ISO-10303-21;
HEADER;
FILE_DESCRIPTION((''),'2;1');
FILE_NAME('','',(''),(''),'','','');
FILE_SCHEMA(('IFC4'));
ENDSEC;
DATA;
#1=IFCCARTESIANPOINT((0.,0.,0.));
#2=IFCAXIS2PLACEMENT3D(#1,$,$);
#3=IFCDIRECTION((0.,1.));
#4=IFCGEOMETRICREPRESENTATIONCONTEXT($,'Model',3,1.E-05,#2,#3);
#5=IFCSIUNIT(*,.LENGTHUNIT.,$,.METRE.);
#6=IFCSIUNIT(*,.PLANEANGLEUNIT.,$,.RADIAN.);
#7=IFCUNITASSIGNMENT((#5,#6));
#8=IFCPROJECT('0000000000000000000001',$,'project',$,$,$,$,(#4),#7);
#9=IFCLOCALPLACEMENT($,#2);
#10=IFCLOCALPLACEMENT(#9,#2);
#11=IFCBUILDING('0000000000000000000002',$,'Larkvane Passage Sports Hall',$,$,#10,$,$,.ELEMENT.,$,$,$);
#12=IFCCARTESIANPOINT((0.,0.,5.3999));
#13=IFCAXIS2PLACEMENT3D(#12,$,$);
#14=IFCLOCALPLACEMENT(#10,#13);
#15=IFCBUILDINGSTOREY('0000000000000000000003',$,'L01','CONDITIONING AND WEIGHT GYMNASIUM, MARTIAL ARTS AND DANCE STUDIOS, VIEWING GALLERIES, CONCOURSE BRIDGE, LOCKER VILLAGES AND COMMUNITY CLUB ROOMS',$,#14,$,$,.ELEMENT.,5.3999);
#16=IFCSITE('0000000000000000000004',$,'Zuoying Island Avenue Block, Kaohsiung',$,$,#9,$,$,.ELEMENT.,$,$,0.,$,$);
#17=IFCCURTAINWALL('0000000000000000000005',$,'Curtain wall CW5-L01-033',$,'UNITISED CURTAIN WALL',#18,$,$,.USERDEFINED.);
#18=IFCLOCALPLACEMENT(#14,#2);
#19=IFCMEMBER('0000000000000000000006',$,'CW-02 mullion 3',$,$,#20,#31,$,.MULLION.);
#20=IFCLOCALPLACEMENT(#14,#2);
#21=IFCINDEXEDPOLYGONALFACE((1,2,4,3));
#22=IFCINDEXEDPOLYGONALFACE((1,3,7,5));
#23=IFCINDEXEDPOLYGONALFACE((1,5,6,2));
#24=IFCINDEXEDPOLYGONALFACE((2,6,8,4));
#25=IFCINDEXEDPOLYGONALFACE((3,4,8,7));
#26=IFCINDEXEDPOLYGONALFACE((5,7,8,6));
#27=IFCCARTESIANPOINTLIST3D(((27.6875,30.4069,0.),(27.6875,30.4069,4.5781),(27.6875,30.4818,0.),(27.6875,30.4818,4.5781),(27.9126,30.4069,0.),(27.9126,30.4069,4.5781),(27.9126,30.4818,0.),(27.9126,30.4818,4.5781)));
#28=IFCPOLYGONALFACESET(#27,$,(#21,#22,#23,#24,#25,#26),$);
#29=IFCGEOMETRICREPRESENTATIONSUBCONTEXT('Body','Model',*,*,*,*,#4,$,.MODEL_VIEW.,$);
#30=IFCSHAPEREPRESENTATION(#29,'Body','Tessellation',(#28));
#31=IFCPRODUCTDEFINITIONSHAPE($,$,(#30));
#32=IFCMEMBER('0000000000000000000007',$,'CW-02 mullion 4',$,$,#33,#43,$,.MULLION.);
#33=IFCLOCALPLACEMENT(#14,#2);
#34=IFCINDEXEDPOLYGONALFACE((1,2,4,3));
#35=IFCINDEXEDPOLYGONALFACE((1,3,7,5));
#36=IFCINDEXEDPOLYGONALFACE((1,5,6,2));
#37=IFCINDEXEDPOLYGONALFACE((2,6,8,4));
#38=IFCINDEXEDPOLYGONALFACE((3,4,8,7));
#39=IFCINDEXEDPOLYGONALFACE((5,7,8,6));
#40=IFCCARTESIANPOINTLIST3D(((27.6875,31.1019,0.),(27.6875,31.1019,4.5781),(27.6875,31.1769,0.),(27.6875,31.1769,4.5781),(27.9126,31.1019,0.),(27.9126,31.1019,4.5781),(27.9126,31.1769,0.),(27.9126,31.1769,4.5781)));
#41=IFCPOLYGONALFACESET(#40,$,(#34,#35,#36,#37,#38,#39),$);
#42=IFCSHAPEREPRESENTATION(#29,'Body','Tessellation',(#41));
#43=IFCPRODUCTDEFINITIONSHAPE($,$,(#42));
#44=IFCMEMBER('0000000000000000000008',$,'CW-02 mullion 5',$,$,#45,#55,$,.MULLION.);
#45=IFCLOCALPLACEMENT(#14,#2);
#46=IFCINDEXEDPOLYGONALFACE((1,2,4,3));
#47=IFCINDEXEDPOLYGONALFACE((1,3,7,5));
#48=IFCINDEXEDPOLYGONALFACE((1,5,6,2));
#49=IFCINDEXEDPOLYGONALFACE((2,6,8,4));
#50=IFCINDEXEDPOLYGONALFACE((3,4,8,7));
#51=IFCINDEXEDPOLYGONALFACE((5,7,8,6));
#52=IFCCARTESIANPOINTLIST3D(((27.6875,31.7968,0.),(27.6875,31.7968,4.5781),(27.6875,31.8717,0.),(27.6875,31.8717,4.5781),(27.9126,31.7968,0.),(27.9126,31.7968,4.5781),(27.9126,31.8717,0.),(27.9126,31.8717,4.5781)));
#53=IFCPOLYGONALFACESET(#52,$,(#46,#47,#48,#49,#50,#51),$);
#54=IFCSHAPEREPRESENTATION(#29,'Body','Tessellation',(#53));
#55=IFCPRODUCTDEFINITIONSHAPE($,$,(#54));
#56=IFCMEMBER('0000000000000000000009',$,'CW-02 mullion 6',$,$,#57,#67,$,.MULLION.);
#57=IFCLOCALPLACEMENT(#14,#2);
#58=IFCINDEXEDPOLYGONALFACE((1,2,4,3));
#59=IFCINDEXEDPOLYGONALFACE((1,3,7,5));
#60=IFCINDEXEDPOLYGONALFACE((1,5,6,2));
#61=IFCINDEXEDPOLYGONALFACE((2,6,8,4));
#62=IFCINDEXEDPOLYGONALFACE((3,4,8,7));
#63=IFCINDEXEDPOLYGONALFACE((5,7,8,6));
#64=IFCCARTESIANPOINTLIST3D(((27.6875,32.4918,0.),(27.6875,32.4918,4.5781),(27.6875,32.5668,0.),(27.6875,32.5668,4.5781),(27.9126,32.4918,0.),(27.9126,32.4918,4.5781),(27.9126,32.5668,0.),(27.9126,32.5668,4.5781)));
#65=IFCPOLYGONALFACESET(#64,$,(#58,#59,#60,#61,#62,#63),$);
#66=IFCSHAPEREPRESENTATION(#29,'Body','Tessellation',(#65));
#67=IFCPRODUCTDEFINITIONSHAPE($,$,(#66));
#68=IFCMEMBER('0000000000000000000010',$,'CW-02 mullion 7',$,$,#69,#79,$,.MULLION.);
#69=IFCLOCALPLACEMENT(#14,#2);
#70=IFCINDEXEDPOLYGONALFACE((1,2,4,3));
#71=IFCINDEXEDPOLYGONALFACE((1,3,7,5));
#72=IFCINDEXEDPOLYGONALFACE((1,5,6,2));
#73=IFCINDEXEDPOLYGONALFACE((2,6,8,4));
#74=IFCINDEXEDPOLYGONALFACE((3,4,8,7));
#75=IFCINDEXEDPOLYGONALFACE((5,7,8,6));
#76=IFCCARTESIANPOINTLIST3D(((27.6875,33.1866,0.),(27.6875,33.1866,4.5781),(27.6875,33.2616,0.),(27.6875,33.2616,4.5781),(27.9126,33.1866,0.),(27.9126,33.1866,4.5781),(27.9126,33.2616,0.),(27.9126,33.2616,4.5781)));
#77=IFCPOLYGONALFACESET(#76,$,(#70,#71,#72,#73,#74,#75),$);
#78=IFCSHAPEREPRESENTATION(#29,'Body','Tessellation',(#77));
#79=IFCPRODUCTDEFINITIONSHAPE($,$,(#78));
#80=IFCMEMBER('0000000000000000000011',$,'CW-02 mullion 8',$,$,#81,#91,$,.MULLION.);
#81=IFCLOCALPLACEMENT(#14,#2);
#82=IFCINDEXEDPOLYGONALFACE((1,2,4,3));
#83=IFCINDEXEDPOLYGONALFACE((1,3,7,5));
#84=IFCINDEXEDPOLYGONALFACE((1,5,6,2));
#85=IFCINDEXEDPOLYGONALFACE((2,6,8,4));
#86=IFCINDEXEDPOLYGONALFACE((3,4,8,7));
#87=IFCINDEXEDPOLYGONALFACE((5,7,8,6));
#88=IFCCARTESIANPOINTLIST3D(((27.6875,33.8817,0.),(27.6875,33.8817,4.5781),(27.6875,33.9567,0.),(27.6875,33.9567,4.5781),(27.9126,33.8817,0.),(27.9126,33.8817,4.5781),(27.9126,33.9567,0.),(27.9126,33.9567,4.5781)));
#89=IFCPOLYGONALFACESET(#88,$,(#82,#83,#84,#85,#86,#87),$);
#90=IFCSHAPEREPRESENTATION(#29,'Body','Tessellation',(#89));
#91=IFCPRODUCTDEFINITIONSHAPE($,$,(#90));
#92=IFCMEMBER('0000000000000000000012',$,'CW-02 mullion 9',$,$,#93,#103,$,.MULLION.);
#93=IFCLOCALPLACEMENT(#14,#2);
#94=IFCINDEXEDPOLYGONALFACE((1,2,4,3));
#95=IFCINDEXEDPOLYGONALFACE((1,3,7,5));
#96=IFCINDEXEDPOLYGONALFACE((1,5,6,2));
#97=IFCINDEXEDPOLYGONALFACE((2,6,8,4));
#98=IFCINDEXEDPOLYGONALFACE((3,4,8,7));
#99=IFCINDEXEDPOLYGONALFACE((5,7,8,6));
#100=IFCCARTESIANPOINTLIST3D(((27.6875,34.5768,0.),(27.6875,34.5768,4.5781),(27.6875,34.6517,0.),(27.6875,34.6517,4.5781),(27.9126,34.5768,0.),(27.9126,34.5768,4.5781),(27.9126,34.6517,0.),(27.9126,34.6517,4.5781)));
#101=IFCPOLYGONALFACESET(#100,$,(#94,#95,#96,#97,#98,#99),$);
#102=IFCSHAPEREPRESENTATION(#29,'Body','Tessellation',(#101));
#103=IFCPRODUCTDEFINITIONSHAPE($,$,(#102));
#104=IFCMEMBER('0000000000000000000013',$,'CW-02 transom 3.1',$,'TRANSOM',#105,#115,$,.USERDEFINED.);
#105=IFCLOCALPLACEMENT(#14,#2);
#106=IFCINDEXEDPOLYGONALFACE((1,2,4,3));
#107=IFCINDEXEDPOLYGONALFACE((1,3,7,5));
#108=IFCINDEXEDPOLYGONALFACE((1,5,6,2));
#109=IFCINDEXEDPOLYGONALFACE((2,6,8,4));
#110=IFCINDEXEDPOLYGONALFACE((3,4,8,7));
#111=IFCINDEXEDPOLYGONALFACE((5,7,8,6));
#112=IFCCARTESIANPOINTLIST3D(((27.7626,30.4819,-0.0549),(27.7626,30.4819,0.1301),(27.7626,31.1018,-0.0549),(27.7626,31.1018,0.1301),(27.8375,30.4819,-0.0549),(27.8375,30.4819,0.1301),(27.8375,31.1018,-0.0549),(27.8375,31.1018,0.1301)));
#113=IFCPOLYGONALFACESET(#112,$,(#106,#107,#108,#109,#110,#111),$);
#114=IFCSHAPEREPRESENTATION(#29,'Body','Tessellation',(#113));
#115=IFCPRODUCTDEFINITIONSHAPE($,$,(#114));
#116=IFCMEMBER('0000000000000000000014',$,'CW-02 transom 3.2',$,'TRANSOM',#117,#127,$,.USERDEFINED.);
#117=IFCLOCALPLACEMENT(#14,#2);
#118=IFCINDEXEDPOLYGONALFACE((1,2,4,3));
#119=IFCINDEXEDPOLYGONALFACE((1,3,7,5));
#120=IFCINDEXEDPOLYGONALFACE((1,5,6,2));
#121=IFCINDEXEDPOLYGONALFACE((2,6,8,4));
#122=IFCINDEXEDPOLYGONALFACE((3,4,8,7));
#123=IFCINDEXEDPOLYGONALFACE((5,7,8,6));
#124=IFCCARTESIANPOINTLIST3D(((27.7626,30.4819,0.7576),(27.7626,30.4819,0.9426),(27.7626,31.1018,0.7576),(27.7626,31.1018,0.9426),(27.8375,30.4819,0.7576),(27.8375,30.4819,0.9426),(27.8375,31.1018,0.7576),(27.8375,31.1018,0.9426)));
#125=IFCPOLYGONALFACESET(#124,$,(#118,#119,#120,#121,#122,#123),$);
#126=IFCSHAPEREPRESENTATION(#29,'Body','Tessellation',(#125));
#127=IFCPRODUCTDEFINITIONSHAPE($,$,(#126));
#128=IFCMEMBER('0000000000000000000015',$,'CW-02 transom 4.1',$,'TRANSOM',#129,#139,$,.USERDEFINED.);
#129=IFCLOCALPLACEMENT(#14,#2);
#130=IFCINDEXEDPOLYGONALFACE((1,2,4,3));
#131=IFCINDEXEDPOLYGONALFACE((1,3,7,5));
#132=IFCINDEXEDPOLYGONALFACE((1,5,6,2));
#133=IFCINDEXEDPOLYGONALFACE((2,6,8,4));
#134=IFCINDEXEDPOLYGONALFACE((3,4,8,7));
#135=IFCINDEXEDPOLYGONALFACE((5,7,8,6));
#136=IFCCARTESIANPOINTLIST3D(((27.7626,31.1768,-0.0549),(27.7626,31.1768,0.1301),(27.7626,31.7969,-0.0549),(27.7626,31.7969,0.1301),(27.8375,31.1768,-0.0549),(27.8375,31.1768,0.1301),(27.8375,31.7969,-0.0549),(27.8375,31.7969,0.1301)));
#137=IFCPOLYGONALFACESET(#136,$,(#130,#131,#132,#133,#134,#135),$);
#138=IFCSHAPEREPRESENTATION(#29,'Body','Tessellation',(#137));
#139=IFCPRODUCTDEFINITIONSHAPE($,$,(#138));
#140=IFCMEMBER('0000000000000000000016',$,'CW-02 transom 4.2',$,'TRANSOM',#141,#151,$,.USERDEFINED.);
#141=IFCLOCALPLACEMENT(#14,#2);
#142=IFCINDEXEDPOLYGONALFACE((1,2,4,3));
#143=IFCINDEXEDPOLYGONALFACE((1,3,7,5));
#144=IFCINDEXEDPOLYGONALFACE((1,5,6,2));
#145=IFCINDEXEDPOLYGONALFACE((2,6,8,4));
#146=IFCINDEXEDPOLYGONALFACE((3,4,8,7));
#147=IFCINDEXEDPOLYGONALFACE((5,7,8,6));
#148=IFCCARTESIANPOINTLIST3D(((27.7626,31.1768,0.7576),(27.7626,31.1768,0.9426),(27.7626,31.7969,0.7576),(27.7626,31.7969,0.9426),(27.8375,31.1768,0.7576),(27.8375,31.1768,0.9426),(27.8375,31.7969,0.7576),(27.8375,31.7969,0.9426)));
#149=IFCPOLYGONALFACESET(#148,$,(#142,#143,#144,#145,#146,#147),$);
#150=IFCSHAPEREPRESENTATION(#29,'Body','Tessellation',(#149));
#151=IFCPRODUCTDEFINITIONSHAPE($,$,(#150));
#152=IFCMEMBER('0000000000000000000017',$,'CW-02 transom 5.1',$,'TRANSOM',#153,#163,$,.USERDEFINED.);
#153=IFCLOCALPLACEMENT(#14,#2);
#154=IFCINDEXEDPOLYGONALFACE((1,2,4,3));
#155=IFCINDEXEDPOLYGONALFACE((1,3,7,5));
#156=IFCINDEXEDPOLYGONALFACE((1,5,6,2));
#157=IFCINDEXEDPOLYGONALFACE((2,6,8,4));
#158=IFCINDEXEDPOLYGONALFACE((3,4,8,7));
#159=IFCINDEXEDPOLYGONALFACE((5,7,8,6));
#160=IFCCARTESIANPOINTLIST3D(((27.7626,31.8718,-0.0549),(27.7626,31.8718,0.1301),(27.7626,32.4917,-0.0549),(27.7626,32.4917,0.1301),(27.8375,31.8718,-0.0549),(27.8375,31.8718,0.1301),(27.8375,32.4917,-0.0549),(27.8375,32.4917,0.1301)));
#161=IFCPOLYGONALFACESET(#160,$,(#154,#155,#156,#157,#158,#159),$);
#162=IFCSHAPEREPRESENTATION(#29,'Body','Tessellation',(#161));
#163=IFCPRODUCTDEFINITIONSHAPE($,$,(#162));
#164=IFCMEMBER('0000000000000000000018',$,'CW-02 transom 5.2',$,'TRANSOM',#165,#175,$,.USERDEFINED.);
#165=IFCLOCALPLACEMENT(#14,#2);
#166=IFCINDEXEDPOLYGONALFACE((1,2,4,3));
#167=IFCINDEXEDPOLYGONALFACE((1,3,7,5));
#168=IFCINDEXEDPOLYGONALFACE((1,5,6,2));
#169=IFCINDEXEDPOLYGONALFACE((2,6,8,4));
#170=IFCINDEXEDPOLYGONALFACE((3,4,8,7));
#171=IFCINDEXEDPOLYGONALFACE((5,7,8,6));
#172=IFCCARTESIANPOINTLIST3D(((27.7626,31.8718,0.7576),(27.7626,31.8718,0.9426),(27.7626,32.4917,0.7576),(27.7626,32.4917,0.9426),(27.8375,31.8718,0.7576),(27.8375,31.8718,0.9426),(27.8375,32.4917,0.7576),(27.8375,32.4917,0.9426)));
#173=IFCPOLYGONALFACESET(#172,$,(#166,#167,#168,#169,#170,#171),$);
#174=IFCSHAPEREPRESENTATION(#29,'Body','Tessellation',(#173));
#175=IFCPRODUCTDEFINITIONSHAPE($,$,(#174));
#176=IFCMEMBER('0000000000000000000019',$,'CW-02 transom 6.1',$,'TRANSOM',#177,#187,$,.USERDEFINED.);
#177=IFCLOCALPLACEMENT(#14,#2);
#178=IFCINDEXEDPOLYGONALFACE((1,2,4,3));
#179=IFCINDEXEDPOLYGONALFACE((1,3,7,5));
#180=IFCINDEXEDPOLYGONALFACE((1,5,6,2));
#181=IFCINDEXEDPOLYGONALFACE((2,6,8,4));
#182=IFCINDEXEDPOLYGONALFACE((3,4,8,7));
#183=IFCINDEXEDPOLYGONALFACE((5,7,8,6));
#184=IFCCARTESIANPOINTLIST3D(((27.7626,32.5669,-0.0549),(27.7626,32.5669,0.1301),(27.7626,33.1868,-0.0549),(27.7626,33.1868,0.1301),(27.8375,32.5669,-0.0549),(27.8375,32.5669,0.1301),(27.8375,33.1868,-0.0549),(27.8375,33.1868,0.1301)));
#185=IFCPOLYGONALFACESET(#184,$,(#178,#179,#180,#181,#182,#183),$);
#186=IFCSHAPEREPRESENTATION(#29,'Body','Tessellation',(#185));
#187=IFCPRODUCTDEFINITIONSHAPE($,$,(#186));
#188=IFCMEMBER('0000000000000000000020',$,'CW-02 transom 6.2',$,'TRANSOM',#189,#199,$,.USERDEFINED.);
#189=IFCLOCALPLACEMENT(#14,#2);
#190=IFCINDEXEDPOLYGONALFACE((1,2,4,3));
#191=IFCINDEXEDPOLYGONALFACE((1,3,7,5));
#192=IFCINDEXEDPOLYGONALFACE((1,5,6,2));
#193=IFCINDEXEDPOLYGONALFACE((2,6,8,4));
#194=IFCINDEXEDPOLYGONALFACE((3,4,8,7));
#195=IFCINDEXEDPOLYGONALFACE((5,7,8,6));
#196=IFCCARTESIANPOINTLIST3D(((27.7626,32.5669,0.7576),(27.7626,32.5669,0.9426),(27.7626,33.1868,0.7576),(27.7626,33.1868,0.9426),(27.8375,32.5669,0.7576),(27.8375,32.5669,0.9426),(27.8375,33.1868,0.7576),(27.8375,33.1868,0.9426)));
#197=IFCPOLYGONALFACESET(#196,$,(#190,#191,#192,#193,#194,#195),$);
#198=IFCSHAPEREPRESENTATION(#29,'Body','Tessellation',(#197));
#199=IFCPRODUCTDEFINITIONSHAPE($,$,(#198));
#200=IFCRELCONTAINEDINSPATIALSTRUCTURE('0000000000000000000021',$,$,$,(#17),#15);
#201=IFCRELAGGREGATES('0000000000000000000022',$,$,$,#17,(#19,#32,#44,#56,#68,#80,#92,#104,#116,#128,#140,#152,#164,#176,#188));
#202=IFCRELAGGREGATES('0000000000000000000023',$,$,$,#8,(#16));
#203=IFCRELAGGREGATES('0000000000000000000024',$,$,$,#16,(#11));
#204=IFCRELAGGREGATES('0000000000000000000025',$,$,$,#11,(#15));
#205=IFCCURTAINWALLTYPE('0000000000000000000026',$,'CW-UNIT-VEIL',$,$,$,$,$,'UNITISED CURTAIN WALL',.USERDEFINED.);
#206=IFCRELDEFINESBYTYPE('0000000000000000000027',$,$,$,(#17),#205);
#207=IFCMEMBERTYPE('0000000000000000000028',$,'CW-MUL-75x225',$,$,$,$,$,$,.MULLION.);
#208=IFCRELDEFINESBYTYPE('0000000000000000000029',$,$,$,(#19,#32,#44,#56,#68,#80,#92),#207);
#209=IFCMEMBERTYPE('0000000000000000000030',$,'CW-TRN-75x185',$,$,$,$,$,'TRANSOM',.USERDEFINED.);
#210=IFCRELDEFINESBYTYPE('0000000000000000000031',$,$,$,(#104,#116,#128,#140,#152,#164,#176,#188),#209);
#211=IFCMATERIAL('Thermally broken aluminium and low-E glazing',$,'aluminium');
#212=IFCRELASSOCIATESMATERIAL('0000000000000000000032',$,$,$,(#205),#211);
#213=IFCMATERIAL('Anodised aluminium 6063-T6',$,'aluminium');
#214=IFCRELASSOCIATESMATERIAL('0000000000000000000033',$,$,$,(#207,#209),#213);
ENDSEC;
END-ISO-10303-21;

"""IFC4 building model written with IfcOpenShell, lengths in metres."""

from ifc_helpers import new_model, si_unit, direction, frame, origin, origin_2d, place, context, subcontext, project, spatial, rectangle, extrude, material, material_profile, profile_set, type_object, element, aggregate, save


model = new_model("IFC4")

# Units and contexts
model_context = context("Model", 3, precision=1e-05, world=origin(), true_north=direction((0.0, 1.0)))
body_context = subcontext(model_context, "Body", "Model", "MODEL_VIEW")
ifc_project = project(units=[si_unit("LENGTHUNIT", "METRE"), si_unit("PLANEANGLEUNIT", "RADIAN")], contexts=[model_context])

# Site, building, storey
site_placement = place(None, origin())
site = spatial("IfcSite", under=ifc_project, at=site_placement, Name="Zuoying Island Avenue Block, Kaohsiung", CompositionType="ELEMENT", RefElevation=0.0)
building_placement = place(site_placement, origin())
building = spatial("IfcBuilding", under=site, at=building_placement, Name="Larkvane Passage Sports Hall", CompositionType="ELEMENT")
storey_placement = place(building_placement, frame((0.0, 0.0, 5.3999)))
storey = spatial("IfcBuildingStorey", under=building, at=storey_placement, Name="L01", Description="CONDITIONING AND WEIGHT GYMNASIUM, MARTIAL ARTS AND DANCE STUDIOS, VIEWING GALLERIES, CONCOURSE BRIDGE, LOCKER VILLAGES AND COMMUNITY CLUB ROOMS", CompositionType="ELEMENT", Elevation=5.3999)

# Curtain wall, members
ifc_material_1 = material(Name="Thermally broken aluminium and low-E glazing", Category="aluminium")
curtain_wall_type = type_object("IfcCurtainWallType", Name="CW-UNIT-VEIL", ElementType="UNITISED CURTAIN WALL", PredefinedType="USERDEFINED", material=ifc_material_1)
curtain_wall_placement = place(storey_placement, origin())
curtain_wall = element("IfcCurtainWall", 1, at=curtain_wall_placement, inside=storey, type_object=curtain_wall_type, Name="Curtain wall CW5-L01-033", ObjectType="UNITISED CURTAIN WALL", PredefinedType="USERDEFINED")
ifc_material_2 = material(Name="Anodised aluminium 6063-T6", Category="aluminium")
ifc_material_profile_1 = material_profile(ifc_material_2, rectangle(XDim=0.075, YDim=0.2251, at=origin_2d()), Name="ALU-MUL-75x225")
ifc_profile_set_1 = profile_set([ifc_material_profile_1], Name="Anodised aluminium 6063-T6")
member_type_1 = type_object("IfcMemberType", Name="CW-MUL-75x225", PredefinedType="MULLION", material=ifc_profile_set_1)
member_1_placement = place(storey_placement, frame((27.8, 30.4443, 0.0), z_axis=(0.0, 0.0, 1.0), x_axis=(0.0, 1.0, 0.0)))
member_1 = element("IfcMember", 2, at=member_1_placement, type_object=member_type_1, Name="CW-02 mullion 3", PredefinedType="MULLION", context=body_context, shape_type="SweptSolid", body=[
    extrude(rectangle(XDim=0.075, YDim=0.2251, at=origin_2d()), origin(), (0.0, 0.0, 1.0), 4.5781),
])
member_2_placement = place(storey_placement, frame((27.8, 31.1394, 0.0), z_axis=(0.0, 0.0, 1.0), x_axis=(0.0, 1.0, 0.0)))
member_2 = element("IfcMember", 3, at=member_2_placement, type_object=member_type_1, Name="CW-02 mullion 4", PredefinedType="MULLION", context=body_context, shape_type="SweptSolid", body=[
    extrude(rectangle(XDim=0.075, YDim=0.2251, at=origin_2d()), origin(), (0.0, 0.0, 1.0), 4.5781),
])
member_3_placement = place(storey_placement, frame((27.8, 31.8342, 0.0), z_axis=(0.0, 0.0, 1.0), x_axis=(0.0, 1.0, 0.0)))
member_3 = element("IfcMember", 4, at=member_3_placement, type_object=member_type_1, Name="CW-02 mullion 5", PredefinedType="MULLION", context=body_context, shape_type="SweptSolid", body=[
    extrude(rectangle(XDim=0.075, YDim=0.2251, at=origin_2d()), origin(), (0.0, 0.0, 1.0), 4.5781),
])
member_4_placement = place(storey_placement, frame((27.8, 32.5293, 0.0), z_axis=(0.0, 0.0, 1.0), x_axis=(0.0, 1.0, 0.0)))
member_4 = element("IfcMember", 5, at=member_4_placement, type_object=member_type_1, Name="CW-02 mullion 6", PredefinedType="MULLION", context=body_context, shape_type="SweptSolid", body=[
    extrude(rectangle(XDim=0.075, YDim=0.2251, at=origin_2d()), origin(), (0.0, 0.0, 1.0), 4.5781),
])
member_5_placement = place(storey_placement, frame((27.8, 33.2241, 0.0), z_axis=(0.0, 0.0, 1.0), x_axis=(0.0, 1.0, 0.0)))
member_5 = element("IfcMember", 6, at=member_5_placement, type_object=member_type_1, Name="CW-02 mullion 7", PredefinedType="MULLION", context=body_context, shape_type="SweptSolid", body=[
    extrude(rectangle(XDim=0.075, YDim=0.2251, at=origin_2d()), origin(), (0.0, 0.0, 1.0), 4.5781),
])
member_6_placement = place(storey_placement, frame((27.8, 33.9192, 0.0), z_axis=(0.0, 0.0, 1.0), x_axis=(0.0, 1.0, 0.0)))
member_6 = element("IfcMember", 7, at=member_6_placement, type_object=member_type_1, Name="CW-02 mullion 8", PredefinedType="MULLION", context=body_context, shape_type="SweptSolid", body=[
    extrude(rectangle(XDim=0.075, YDim=0.2251, at=origin_2d()), origin(), (0.0, 0.0, 1.0), 4.5781),
])
member_7_placement = place(storey_placement, frame((27.8, 34.6143, 0.0), z_axis=(0.0, 0.0, 1.0), x_axis=(0.0, 1.0, 0.0)))
member_7 = element("IfcMember", 8, at=member_7_placement, type_object=member_type_1, Name="CW-02 mullion 9", PredefinedType="MULLION", context=body_context, shape_type="SweptSolid", body=[
    extrude(rectangle(XDim=0.075, YDim=0.2251, at=origin_2d()), origin(), (0.0, 0.0, 1.0), 4.5781),
])
ifc_material_profile_2 = material_profile(ifc_material_2, rectangle(XDim=0.075, YDim=0.1851, at=origin_2d()), Name="ALU-TRN-75x185")
ifc_profile_set_2 = profile_set([ifc_material_profile_2], Name="Anodised aluminium 6063-T6")
member_type_2 = type_object("IfcMemberType", Name="CW-TRN-75x185", ElementType="TRANSOM", PredefinedType="USERDEFINED", material=ifc_profile_set_2)
member_8_placement = place(storey_placement, frame((27.8, 30.4819, 0.0376), z_axis=(0.0, 1.0, 0.0), x_axis=(-1.0, 0.0, 0.0)))
member_8 = element("IfcMember", 9, at=member_8_placement, type_object=member_type_2, Name="CW-02 transom 3.1", ObjectType="TRANSOM", PredefinedType="USERDEFINED", context=body_context, shape_type="SweptSolid", body=[
    extrude(rectangle(XDim=0.075, YDim=0.1851, at=origin_2d()), origin(), (0.0, 0.0, 1.0), 0.6199),
])
member_9_placement = place(storey_placement, frame((27.8, 30.4819, 0.8501), z_axis=(0.0, 1.0, 0.0), x_axis=(-1.0, 0.0, 0.0)))
member_9 = element("IfcMember", 10, at=member_9_placement, type_object=member_type_2, Name="CW-02 transom 3.2", ObjectType="TRANSOM", PredefinedType="USERDEFINED", context=body_context, shape_type="SweptSolid", body=[
    extrude(rectangle(XDim=0.075, YDim=0.1851, at=origin_2d()), origin(), (0.0, 0.0, 1.0), 0.6199),
])
member_10_placement = place(storey_placement, frame((27.8, 31.1768, 0.0376), z_axis=(0.0, 1.0, 0.0), x_axis=(-1.0, 0.0, 0.0)))
member_10 = element("IfcMember", 11, at=member_10_placement, type_object=member_type_2, Name="CW-02 transom 4.1", ObjectType="TRANSOM", PredefinedType="USERDEFINED", context=body_context, shape_type="SweptSolid", body=[
    extrude(rectangle(XDim=0.075, YDim=0.1851, at=origin_2d()), origin(), (0.0, 0.0, 1.0), 0.6201),
])
member_11_placement = place(storey_placement, frame((27.8, 31.1768, 0.8501), z_axis=(0.0, 1.0, 0.0), x_axis=(-1.0, 0.0, 0.0)))
member_11 = element("IfcMember", 12, at=member_11_placement, type_object=member_type_2, Name="CW-02 transom 4.2", ObjectType="TRANSOM", PredefinedType="USERDEFINED", context=body_context, shape_type="SweptSolid", body=[
    extrude(rectangle(XDim=0.075, YDim=0.1851, at=origin_2d()), origin(), (0.0, 0.0, 1.0), 0.6201),
])
member_12_placement = place(storey_placement, frame((27.8, 31.8718, 0.0376), z_axis=(0.0, 1.0, 0.0), x_axis=(-1.0, 0.0, 0.0)))
member_12 = element("IfcMember", 13, at=member_12_placement, type_object=member_type_2, Name="CW-02 transom 5.1", ObjectType="TRANSOM", PredefinedType="USERDEFINED", context=body_context, shape_type="SweptSolid", body=[
    extrude(rectangle(XDim=0.075, YDim=0.1851, at=origin_2d()), origin(), (0.0, 0.0, 1.0), 0.6199),
])
member_13_placement = place(storey_placement, frame((27.8, 31.8718, 0.8501), z_axis=(0.0, 1.0, 0.0), x_axis=(-1.0, 0.0, 0.0)))
member_13 = element("IfcMember", 14, at=member_13_placement, type_object=member_type_2, Name="CW-02 transom 5.2", ObjectType="TRANSOM", PredefinedType="USERDEFINED", context=body_context, shape_type="SweptSolid", body=[
    extrude(rectangle(XDim=0.075, YDim=0.1851, at=origin_2d()), origin(), (0.0, 0.0, 1.0), 0.6199),
])
member_14_placement = place(storey_placement, frame((27.8, 32.5669, 0.0376), z_axis=(0.0, 1.0, 0.0), x_axis=(-1.0, 0.0, 0.0)))
member_14 = element("IfcMember", 15, at=member_14_placement, type_object=member_type_2, Name="CW-02 transom 6.1", ObjectType="TRANSOM", PredefinedType="USERDEFINED", context=body_context, shape_type="SweptSolid", body=[
    extrude(rectangle(XDim=0.075, YDim=0.1851, at=origin_2d()), origin(), (0.0, 0.0, 1.0), 0.6199),
])
member_15_placement = place(storey_placement, frame((27.8, 32.5669, 0.8501), z_axis=(0.0, 1.0, 0.0), x_axis=(-1.0, 0.0, 0.0)))
member_15 = element("IfcMember", 16, at=member_15_placement, type_object=member_type_2, Name="CW-02 transom 6.2", ObjectType="TRANSOM", PredefinedType="USERDEFINED", context=body_context, shape_type="SweptSolid", body=[
    extrude(rectangle(XDim=0.075, YDim=0.1851, at=origin_2d()), origin(), (0.0, 0.0, 1.0), 0.6199),
])

aggregate(curtain_wall, [member_1, member_2, member_3, member_4, member_5, member_6, member_7, member_8, member_9, member_10, member_11, member_12, member_13, member_14, member_15])

save(model, "model.ifc")
